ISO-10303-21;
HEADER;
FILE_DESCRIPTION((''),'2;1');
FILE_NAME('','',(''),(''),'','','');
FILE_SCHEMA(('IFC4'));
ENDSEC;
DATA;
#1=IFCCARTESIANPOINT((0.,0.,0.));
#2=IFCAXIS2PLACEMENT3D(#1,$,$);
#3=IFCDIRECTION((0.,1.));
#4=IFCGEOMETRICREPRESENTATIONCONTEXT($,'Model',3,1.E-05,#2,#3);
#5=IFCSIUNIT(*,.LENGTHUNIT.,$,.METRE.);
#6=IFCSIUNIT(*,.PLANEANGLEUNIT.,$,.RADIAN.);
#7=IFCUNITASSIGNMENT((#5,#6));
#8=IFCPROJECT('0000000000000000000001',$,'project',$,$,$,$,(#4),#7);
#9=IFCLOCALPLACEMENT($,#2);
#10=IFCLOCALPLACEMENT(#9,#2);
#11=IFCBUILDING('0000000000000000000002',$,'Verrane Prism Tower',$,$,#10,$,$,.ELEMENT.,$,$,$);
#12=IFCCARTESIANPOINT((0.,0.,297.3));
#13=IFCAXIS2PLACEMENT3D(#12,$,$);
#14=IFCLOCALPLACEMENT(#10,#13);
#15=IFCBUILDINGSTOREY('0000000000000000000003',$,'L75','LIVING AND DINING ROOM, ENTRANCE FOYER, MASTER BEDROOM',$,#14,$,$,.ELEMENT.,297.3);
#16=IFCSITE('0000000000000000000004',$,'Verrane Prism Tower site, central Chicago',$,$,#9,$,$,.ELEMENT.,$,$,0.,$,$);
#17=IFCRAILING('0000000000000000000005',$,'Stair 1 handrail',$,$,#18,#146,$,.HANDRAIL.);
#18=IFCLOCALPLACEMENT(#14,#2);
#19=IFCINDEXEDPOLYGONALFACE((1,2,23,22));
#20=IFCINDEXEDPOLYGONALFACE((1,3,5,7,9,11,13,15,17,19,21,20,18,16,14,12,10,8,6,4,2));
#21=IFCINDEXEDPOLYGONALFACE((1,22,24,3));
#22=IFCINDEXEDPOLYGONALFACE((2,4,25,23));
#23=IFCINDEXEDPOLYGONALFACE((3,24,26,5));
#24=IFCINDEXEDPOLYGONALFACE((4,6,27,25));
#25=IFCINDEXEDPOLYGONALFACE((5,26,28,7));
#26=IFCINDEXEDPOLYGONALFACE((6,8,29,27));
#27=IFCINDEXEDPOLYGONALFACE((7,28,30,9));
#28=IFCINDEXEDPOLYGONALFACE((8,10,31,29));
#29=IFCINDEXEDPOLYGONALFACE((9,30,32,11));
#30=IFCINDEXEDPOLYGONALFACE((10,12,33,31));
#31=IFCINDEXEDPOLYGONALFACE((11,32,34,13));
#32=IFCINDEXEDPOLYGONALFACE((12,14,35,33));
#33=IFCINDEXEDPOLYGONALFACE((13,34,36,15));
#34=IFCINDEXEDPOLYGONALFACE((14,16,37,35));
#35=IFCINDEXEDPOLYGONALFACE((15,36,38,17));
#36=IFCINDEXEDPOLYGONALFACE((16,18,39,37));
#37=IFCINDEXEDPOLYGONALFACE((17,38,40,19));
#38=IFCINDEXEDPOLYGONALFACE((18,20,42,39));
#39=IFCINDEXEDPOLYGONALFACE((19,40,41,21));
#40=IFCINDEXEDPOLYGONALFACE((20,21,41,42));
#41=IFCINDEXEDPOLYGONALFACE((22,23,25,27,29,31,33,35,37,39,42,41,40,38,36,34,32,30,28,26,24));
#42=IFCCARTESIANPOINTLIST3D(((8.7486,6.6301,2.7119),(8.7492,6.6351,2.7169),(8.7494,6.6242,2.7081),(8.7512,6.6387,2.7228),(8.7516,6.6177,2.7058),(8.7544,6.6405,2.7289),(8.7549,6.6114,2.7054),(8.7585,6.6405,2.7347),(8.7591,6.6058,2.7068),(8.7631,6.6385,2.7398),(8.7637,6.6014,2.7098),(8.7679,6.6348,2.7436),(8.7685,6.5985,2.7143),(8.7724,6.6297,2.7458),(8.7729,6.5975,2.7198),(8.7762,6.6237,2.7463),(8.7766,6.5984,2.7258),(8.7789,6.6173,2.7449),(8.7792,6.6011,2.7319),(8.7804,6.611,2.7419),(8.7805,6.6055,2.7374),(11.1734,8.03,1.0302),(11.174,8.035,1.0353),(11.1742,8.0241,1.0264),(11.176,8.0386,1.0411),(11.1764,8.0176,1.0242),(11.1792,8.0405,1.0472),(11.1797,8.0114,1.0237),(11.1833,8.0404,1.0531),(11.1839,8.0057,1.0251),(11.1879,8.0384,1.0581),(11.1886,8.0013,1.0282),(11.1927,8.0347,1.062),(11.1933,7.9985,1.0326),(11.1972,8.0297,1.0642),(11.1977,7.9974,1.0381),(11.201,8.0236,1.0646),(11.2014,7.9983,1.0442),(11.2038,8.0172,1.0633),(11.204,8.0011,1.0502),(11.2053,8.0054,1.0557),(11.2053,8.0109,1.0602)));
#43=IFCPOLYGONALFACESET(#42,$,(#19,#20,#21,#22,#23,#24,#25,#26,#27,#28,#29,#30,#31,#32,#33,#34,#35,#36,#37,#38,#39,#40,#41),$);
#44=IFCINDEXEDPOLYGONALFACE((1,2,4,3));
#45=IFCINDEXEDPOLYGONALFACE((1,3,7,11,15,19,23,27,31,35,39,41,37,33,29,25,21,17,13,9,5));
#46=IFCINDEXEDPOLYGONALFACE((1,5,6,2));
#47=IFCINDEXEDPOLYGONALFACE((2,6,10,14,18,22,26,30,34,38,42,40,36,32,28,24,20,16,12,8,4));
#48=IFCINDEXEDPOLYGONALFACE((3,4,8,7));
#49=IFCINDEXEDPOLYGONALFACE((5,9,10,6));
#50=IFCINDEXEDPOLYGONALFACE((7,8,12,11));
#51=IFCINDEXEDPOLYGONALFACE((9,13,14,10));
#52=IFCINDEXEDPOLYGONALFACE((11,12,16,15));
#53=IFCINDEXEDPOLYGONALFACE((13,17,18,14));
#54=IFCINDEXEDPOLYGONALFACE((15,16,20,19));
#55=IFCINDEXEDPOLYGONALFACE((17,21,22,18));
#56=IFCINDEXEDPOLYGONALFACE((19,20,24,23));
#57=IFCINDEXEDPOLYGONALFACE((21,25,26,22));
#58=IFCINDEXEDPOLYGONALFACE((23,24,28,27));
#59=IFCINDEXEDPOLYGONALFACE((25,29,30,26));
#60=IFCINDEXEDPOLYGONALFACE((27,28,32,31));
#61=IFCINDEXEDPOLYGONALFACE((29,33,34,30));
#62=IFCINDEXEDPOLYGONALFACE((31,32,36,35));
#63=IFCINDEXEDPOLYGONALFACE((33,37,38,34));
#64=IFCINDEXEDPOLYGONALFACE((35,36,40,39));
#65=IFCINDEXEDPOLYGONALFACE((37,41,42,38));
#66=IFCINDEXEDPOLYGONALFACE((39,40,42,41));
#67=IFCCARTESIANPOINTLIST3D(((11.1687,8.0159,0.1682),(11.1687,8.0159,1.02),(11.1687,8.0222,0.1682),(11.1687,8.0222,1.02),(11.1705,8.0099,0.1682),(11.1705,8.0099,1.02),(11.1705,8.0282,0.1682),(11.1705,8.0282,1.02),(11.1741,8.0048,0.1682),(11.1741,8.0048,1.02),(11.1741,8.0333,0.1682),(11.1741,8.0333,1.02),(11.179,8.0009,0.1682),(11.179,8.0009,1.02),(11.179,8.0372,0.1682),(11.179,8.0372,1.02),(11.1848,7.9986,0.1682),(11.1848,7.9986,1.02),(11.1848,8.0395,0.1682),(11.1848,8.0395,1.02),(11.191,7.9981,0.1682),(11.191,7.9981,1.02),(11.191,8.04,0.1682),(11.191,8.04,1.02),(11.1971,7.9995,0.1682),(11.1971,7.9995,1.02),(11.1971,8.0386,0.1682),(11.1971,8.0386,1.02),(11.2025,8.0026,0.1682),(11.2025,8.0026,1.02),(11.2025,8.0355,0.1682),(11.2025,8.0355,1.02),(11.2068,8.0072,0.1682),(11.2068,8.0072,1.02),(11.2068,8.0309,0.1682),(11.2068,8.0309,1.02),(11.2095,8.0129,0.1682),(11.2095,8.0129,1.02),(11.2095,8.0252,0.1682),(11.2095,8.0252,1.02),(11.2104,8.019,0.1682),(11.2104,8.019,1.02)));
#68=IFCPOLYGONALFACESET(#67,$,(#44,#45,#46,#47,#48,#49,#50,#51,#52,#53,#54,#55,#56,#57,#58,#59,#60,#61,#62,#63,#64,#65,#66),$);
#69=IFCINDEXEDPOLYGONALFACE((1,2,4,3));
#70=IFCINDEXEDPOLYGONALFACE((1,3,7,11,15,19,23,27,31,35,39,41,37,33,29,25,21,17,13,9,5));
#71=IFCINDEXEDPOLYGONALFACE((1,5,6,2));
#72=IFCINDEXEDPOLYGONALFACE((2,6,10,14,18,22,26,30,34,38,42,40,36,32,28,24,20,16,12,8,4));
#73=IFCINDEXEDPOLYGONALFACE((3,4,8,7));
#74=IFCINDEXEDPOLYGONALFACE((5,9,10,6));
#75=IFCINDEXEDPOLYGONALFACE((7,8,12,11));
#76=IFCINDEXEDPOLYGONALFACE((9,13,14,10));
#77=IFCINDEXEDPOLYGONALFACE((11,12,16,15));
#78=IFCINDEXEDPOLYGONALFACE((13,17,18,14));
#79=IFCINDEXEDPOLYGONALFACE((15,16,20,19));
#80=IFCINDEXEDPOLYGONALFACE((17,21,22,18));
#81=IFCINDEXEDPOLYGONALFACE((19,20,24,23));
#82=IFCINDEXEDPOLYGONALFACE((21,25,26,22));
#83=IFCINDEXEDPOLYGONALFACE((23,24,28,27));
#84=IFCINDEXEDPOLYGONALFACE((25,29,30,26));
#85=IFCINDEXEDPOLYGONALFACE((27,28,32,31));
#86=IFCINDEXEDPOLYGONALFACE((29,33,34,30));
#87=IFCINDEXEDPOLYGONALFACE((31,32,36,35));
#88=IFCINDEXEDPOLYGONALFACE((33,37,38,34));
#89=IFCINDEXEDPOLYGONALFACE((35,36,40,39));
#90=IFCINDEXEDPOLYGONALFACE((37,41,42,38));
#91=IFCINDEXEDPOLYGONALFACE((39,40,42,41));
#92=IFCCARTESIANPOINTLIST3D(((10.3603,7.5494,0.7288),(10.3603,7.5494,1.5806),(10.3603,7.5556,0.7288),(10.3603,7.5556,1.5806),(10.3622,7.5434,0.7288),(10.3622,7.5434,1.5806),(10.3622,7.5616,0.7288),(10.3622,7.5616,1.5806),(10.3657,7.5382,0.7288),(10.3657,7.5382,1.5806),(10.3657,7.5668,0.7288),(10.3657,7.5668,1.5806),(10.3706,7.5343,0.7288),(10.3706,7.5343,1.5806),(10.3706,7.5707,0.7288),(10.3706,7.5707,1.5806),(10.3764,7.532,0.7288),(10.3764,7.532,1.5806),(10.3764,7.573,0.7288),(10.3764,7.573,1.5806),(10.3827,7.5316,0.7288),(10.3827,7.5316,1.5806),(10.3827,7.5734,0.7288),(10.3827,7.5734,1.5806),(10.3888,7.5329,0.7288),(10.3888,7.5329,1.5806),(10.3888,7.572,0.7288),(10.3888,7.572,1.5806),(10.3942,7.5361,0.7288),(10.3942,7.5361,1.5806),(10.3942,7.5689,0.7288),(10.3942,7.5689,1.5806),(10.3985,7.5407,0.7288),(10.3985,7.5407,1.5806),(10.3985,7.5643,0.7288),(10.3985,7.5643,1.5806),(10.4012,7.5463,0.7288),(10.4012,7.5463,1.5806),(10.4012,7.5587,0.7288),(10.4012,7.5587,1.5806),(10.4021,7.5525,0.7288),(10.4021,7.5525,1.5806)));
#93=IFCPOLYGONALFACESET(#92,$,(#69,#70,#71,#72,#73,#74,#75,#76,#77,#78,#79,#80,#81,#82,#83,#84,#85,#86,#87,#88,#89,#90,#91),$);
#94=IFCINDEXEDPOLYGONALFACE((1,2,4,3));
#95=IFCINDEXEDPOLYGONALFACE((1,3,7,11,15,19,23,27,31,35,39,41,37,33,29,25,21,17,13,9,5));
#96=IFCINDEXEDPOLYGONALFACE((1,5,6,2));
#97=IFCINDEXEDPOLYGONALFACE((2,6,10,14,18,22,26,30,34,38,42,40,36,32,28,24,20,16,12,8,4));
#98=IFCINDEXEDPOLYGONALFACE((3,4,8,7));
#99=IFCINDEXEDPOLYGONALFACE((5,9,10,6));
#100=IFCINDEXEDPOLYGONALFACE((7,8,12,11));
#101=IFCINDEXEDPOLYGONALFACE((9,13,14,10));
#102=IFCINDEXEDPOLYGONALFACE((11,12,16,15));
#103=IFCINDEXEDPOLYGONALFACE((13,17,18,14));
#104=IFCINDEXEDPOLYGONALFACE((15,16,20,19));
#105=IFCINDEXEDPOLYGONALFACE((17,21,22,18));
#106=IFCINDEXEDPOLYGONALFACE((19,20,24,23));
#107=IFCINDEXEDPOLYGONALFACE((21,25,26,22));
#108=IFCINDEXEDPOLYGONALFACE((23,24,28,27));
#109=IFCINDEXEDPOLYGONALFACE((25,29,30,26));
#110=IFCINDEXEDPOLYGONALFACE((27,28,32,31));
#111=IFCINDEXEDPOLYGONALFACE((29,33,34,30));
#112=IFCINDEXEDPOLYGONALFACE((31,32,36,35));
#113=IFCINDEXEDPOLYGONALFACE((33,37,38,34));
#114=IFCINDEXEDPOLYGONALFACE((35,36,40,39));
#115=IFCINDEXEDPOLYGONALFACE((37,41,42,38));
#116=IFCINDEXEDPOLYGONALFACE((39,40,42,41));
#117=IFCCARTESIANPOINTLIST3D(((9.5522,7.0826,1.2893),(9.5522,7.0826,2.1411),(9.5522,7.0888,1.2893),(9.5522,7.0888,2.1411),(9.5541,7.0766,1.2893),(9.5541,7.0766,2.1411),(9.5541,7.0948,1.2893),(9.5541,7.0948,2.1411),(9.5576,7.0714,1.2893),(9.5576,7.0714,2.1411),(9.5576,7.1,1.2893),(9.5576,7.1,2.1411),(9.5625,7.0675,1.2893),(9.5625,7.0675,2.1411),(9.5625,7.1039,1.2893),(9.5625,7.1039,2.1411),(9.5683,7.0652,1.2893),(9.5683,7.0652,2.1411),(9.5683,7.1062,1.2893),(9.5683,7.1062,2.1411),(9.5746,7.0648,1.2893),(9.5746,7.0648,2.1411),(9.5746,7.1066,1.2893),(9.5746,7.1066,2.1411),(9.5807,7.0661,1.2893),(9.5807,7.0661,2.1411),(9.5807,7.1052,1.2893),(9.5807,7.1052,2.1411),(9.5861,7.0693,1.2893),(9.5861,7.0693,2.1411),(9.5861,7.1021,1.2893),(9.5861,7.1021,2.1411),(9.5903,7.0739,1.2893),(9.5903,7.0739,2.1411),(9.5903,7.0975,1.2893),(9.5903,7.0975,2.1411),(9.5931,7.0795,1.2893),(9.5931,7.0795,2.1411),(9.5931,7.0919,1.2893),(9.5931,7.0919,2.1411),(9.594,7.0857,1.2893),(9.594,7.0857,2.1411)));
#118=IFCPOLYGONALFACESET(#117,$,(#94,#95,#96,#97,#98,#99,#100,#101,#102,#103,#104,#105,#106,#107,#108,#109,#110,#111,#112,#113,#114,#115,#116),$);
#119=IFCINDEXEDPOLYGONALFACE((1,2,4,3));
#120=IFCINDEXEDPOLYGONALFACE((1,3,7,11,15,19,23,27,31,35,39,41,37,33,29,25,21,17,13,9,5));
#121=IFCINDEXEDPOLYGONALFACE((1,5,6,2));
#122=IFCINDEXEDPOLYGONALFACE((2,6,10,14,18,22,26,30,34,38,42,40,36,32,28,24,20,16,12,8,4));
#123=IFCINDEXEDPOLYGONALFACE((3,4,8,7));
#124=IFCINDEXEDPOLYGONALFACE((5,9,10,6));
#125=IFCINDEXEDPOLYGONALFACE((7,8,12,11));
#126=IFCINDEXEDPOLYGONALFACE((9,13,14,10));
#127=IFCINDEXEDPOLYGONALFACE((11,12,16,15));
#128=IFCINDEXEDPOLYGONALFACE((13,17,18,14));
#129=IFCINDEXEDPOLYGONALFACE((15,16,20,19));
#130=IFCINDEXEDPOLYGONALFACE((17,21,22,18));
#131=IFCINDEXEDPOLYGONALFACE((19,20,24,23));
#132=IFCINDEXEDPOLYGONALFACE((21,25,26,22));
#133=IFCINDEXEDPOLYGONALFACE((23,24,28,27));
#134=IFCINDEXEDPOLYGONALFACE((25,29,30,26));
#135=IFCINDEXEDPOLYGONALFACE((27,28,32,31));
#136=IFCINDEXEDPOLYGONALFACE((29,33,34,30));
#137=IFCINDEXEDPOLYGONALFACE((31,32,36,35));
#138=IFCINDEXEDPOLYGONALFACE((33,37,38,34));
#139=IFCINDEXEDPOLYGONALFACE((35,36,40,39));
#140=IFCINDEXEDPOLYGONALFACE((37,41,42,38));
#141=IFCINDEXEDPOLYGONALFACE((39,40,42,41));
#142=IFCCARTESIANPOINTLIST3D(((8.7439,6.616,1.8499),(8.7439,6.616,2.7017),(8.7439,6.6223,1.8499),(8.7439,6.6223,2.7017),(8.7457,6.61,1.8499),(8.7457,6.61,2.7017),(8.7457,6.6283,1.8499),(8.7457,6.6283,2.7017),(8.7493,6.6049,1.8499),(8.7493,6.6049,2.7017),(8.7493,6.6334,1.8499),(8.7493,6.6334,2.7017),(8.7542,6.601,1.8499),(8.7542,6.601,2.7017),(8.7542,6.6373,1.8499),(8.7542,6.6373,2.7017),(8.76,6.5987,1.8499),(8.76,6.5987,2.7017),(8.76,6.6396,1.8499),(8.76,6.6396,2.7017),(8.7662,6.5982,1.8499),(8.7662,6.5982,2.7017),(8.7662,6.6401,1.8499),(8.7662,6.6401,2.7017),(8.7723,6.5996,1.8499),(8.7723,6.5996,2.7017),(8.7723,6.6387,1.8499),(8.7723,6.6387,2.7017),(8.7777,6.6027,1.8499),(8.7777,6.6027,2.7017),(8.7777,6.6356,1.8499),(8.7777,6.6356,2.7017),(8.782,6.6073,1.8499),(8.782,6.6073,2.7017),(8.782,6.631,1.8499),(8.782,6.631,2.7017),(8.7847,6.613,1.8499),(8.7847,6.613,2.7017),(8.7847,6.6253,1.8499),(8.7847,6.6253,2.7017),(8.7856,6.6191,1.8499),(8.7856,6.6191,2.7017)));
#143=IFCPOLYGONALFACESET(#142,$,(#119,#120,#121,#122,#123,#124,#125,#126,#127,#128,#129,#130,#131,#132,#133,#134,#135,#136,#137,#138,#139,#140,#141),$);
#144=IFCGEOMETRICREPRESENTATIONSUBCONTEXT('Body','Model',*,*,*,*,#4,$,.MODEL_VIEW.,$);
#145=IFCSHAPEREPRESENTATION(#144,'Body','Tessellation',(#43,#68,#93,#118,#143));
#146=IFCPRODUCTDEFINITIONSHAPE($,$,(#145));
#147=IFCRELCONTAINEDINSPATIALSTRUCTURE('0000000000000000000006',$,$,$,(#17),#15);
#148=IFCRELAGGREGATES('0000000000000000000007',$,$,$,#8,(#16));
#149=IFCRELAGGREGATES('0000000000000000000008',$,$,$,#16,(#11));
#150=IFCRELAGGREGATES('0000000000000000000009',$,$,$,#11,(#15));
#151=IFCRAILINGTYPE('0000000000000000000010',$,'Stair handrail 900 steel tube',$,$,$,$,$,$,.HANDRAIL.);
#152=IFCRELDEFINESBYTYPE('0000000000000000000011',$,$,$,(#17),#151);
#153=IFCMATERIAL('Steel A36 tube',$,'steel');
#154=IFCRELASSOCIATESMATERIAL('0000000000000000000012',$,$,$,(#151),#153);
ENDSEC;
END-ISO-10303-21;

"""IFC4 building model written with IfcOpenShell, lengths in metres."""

from ifc_helpers import new_model, si_unit, direction, frame, origin, origin_2d, place, context, subcontext, project, spatial, circle, extrude, material, type_object, element, save


model = new_model("IFC4")

# Units and contexts
model_context = context("Model", 3, precision=1e-05, world=origin(), true_north=direction((0.0, 1.0)))
body_context = subcontext(model_context, "Body", "Model", "MODEL_VIEW")
ifc_project = project(units=[si_unit("LENGTHUNIT", "METRE"), si_unit("PLANEANGLEUNIT", "RADIAN")], contexts=[model_context])

# Site, building, storey
site_placement = place(None, origin())
site = spatial("IfcSite", under=ifc_project, at=site_placement, Name="Verrane Prism Tower site, central Chicago", CompositionType="ELEMENT", RefElevation=0.0)
building_placement = place(site_placement, origin())
building = spatial("IfcBuilding", under=site, at=building_placement, Name="Verrane Prism Tower", CompositionType="ELEMENT")
storey_placement = place(building_placement, frame((0.0, 0.0, 297.3)))
storey = spatial("IfcBuildingStorey", under=building, at=storey_placement, Name="L75", Description="LIVING AND DINING ROOM, ENTRANCE FOYER, MASTER BEDROOM", CompositionType="ELEMENT", Elevation=297.3)

# Railing
ifc_material_1 = material(Name="Steel A36 tube", Category="steel")
railing_type_1 = type_object("IfcRailingType", Name="Stair handrail 900 steel tube", PredefinedType="HANDRAIL", material=ifc_material_1)
railing_1_placement = place(storey_placement, frame((11.1895, 8.019, 0.1682)))
element("IfcRailing", 1, at=railing_1_placement, inside=storey, type_object=railing_type_1, Name="Stair 1 handrail", PredefinedType="HANDRAIL", context=body_context, shape_type="SweptSolid", body=[
    extrude(circle(Radius=0.0239, at=origin_2d()), frame((0.0, 0.0, 0.876), z_axis=(-0.742419, -0.428618, 0.514879), x_axis=(0.499984, -0.866035, 0.0)), (0.0, 0.0, 1.0), 3.2661),
    extrude(circle(Radius=0.021, at=origin_2d()), origin(), (0.0, 0.0, 1.0), 0.8518),
    extrude(circle(Radius=0.021, at=origin_2d()), frame((-0.8083, -0.4666, 0.5605)), (0.0, 0.0, 1.0), 0.8518),
    extrude(circle(Radius=0.021, at=origin_2d()), frame((-1.6165, -0.9333, 1.1211)), (0.0, 0.0, 1.0), 0.8518),
    extrude(circle(Radius=0.021, at=origin_2d()), frame((-2.4248, -1.3999, 1.6816)), (0.0, 0.0, 1.0), 0.8518),
])

save(model, "model.ifc")
